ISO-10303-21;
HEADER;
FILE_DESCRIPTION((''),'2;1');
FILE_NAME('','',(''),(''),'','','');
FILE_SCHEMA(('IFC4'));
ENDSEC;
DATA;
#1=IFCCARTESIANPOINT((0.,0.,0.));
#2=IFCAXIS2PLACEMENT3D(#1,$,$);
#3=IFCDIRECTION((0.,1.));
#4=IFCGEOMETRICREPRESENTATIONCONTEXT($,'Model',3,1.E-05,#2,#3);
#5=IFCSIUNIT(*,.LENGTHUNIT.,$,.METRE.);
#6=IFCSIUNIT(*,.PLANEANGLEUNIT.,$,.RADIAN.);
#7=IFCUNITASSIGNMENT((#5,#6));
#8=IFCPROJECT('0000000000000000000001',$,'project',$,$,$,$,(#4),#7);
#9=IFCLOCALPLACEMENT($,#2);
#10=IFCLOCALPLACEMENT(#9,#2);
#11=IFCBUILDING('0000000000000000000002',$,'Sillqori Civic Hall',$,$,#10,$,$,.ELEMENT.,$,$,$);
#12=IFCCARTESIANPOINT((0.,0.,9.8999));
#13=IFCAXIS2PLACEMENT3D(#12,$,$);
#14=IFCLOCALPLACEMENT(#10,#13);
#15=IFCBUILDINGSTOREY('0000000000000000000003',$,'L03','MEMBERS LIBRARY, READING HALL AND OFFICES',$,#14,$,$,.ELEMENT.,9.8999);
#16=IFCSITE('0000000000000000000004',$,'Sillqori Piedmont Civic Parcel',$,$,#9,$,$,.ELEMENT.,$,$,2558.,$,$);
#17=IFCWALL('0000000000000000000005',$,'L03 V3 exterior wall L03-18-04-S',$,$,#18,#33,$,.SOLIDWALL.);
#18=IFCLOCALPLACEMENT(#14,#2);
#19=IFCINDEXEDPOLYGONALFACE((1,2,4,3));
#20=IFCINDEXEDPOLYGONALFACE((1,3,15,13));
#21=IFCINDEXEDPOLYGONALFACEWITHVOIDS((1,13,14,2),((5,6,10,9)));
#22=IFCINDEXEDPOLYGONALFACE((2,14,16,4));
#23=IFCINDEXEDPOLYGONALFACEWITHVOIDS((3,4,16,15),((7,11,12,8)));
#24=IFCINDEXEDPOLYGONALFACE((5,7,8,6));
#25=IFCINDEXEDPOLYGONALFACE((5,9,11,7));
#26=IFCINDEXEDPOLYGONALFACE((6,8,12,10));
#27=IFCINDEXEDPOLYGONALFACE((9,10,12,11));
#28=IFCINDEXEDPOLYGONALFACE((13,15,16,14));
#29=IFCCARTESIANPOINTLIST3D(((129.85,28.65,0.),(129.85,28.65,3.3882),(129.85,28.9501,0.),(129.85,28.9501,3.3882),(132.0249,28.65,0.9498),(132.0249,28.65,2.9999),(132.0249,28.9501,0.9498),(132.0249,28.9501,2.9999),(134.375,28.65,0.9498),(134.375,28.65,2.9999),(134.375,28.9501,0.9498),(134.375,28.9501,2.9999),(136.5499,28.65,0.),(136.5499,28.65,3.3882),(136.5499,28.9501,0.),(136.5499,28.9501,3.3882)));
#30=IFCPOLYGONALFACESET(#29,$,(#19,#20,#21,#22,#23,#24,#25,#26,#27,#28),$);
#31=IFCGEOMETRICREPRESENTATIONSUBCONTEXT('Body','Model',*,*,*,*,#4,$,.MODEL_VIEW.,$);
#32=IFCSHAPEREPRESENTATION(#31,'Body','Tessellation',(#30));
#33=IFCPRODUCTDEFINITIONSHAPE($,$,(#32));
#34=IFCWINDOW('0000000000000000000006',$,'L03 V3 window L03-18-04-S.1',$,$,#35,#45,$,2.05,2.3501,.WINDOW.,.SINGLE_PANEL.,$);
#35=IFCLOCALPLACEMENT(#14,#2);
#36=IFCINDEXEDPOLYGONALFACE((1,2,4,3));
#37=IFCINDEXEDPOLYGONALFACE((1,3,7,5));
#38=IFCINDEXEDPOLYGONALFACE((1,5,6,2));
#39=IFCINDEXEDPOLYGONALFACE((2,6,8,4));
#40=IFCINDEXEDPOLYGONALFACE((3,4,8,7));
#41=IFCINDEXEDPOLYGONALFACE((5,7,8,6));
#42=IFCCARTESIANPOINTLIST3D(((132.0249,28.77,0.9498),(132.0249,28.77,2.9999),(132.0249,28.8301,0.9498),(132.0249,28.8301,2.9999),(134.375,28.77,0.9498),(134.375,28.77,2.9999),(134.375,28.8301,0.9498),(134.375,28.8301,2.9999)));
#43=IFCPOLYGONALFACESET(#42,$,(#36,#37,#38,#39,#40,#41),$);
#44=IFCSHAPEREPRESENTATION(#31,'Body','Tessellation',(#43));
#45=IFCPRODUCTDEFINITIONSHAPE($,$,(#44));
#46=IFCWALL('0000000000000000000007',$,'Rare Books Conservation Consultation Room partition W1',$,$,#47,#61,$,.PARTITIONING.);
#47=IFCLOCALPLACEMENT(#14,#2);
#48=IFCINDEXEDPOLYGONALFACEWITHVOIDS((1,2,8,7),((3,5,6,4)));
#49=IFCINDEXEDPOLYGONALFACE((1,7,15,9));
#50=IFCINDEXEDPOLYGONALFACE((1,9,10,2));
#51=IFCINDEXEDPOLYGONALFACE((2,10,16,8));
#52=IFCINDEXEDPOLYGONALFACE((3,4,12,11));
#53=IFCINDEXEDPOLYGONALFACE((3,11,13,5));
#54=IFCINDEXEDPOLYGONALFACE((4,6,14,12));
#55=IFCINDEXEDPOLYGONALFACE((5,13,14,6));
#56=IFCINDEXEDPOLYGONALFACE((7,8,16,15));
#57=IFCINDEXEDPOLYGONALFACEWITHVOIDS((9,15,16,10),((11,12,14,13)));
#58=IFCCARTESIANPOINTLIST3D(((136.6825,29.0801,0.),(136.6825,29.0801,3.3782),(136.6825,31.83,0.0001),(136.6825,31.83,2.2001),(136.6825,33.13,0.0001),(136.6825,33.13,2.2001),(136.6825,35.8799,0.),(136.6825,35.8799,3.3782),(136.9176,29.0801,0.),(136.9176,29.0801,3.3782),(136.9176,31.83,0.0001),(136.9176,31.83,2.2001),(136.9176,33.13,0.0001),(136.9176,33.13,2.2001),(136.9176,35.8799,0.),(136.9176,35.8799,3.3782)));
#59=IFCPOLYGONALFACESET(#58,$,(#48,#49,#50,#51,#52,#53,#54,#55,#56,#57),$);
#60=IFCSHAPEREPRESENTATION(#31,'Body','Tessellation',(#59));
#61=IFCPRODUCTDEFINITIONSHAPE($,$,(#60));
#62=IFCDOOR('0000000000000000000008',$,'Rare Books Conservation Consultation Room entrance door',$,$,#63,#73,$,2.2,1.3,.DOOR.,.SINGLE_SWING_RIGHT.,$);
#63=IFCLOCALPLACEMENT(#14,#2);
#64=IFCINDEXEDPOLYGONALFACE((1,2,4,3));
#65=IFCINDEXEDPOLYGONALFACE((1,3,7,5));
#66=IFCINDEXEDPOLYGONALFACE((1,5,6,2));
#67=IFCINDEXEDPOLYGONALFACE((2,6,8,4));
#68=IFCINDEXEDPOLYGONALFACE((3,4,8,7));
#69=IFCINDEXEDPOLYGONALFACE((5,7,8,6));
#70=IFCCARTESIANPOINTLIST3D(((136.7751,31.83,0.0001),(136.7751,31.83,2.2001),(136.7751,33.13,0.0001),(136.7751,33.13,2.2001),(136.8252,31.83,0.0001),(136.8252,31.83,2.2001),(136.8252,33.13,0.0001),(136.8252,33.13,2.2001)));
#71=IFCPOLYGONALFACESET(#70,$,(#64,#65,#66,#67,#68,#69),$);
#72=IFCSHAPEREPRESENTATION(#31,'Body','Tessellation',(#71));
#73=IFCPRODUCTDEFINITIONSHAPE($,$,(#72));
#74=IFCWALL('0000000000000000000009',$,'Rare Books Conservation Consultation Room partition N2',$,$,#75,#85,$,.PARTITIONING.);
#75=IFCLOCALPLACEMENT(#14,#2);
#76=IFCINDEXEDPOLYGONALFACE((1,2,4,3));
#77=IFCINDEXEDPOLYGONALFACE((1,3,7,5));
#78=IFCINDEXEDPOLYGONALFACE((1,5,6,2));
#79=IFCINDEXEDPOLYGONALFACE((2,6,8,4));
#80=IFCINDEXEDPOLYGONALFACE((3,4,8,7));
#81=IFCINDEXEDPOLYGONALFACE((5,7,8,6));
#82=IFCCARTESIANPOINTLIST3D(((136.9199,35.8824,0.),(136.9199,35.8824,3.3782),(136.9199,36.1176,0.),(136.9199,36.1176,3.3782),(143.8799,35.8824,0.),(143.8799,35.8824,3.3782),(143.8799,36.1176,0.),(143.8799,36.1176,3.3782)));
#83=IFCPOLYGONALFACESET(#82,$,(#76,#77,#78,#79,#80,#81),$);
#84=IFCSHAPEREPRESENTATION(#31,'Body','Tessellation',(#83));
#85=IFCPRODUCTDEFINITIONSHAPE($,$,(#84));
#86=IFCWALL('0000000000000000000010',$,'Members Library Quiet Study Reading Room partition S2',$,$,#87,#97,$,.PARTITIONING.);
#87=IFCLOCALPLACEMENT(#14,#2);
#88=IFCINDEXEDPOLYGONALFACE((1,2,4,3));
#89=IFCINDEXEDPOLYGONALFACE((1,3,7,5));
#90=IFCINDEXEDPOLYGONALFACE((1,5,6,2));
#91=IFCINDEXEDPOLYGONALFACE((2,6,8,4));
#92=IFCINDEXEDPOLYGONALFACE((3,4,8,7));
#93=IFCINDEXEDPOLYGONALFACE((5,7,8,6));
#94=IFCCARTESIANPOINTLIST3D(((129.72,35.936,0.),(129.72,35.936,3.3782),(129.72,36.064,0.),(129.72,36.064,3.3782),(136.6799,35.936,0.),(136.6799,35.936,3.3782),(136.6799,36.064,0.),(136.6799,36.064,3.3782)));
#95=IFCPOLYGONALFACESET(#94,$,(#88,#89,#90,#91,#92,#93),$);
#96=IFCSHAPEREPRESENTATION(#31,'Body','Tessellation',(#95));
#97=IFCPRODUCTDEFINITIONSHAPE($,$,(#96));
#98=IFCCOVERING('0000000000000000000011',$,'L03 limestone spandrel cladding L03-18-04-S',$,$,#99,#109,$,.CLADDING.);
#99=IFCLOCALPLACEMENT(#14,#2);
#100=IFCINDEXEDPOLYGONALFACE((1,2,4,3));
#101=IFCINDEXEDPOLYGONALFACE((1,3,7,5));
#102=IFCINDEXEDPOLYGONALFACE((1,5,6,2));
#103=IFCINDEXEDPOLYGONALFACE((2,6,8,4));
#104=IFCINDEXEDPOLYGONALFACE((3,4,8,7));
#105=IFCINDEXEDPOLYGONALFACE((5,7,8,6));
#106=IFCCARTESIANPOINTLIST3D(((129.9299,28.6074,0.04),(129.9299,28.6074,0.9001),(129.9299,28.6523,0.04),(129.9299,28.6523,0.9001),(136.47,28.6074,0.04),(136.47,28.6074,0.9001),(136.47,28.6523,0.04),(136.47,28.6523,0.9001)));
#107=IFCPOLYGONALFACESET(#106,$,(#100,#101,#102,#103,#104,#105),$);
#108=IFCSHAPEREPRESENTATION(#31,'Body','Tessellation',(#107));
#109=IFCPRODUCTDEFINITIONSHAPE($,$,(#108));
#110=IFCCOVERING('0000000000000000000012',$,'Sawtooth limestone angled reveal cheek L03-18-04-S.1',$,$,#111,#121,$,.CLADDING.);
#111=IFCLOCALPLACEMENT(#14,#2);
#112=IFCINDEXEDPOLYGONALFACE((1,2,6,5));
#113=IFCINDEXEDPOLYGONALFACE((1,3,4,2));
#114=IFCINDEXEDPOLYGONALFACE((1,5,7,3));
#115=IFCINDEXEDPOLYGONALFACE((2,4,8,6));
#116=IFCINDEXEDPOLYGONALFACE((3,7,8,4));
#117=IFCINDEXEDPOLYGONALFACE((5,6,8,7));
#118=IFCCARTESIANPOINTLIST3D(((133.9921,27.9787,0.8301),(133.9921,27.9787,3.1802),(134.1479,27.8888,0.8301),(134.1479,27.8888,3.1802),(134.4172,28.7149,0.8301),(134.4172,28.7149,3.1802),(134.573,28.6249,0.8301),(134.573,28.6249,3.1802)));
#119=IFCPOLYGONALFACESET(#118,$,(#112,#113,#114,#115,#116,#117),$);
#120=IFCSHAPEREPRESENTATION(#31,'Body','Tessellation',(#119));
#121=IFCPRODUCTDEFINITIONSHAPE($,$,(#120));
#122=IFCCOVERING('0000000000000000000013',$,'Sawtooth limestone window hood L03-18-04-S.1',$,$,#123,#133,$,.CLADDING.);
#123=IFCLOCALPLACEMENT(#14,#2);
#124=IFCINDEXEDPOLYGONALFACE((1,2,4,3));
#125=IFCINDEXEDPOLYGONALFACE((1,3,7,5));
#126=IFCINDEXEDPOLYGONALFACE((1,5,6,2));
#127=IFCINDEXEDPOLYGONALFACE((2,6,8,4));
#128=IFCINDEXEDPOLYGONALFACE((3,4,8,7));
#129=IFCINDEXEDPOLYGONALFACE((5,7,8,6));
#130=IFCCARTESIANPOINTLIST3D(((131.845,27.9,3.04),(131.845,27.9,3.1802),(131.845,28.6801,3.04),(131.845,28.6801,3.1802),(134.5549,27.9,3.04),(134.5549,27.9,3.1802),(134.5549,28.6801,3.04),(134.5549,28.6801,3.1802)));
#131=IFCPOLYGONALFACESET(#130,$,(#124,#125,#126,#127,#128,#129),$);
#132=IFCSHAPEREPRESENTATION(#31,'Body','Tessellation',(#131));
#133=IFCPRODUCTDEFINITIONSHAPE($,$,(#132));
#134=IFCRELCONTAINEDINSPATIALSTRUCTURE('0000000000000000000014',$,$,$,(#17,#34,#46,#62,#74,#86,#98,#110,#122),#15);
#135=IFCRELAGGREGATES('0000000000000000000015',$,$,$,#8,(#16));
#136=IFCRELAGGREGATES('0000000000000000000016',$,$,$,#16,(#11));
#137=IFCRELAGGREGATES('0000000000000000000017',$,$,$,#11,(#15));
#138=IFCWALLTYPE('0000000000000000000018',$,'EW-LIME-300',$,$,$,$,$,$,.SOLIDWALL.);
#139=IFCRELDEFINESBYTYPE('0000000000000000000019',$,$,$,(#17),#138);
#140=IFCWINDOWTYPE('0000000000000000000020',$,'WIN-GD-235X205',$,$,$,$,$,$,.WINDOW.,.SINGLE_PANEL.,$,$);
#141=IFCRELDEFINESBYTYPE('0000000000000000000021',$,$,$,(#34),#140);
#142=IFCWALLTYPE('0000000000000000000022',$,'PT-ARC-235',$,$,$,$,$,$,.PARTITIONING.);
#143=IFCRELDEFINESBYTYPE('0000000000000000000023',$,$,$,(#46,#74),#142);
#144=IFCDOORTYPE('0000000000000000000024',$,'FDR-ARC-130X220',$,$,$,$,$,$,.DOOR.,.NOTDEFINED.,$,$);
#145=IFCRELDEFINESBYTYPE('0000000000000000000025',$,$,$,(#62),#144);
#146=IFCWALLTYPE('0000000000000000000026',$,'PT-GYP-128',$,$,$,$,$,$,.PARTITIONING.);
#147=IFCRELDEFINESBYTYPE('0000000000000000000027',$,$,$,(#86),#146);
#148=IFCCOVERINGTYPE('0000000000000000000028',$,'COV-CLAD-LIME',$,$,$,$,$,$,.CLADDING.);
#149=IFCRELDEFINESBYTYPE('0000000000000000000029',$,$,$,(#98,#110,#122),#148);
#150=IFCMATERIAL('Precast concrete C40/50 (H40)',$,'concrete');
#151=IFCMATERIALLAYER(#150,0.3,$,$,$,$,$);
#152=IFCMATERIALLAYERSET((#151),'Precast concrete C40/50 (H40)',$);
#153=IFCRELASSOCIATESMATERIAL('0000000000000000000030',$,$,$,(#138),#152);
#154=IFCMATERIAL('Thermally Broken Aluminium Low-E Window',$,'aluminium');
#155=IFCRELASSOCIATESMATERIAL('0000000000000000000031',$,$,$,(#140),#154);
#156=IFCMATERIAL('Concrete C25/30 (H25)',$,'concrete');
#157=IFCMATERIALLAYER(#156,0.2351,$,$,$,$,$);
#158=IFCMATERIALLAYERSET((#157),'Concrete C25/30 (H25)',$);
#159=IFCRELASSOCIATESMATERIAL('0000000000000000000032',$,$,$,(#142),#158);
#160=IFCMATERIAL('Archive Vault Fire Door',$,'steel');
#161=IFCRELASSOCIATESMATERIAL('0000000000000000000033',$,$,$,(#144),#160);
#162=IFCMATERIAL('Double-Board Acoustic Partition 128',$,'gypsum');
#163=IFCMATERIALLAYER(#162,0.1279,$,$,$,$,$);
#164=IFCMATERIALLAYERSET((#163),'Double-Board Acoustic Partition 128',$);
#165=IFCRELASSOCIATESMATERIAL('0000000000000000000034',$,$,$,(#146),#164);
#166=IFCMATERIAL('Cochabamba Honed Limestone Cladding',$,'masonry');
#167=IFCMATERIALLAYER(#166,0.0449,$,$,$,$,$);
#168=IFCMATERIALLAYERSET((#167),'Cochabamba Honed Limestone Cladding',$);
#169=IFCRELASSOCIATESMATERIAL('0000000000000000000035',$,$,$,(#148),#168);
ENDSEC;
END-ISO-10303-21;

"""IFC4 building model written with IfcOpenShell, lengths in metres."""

from ifc_helpers import new_model, si_unit, direction, frame, frame_2d, origin, place, context, subcontext, project, spatial, rectangle, extrude, material, layer, layer_set, type_object, element, fill, save


model = new_model("IFC4")

# Units and contexts
model_context = context("Model", 3, precision=1e-05, world=origin(), true_north=direction((0.0, 1.0)))
body_context = subcontext(model_context, "Body", "Model", "MODEL_VIEW")
ifc_project = project(units=[si_unit("LENGTHUNIT", "METRE"), si_unit("PLANEANGLEUNIT", "RADIAN")], contexts=[model_context])

# Site, building, storey
site_placement = place(None, origin())
site = spatial("IfcSite", under=ifc_project, at=site_placement, Name="Sillqori Piedmont Civic Parcel", CompositionType="ELEMENT", RefElevation=2558.0)
building_placement = place(site_placement, origin())
building = spatial("IfcBuilding", under=site, at=building_placement, Name="Sillqori Civic Hall", CompositionType="ELEMENT")
storey_placement = place(building_placement, frame((0.0, 0.0, 9.8999)))
storey = spatial("IfcBuildingStorey", under=building, at=storey_placement, Name="L03", Description="MEMBERS LIBRARY, READING HALL AND OFFICES", CompositionType="ELEMENT", Elevation=9.8999)

# Shared definitions
ifc_material_1 = material(Name="Precast concrete C40/50 (H40)", Category="concrete")

# Wall, opening, window
ifc_layer_1 = layer(ifc_material_1, 0.3)
ifc_layer_set_1 = layer_set([ifc_layer_1], Name="Precast concrete C40/50 (H40)")
wall_type_1 = type_object("IfcWallType", Name="EW-LIME-300", PredefinedType="SOLIDWALL", material=ifc_layer_set_1)
wall_1_placement = place(storey_placement, frame((136.55, 28.8, 0.0), z_axis=(0.0, 0.0, 1.0), x_axis=(-1.0, 0.0, 0.0)))
wall_1 = element("IfcWall", 1, at=wall_1_placement, inside=storey, type_object=wall_type_1, Name="L03 V3 exterior wall L03-18-04-S", PredefinedType="SOLIDWALL", context=body_context, shape_type="SweptSolid", body=[
    extrude(rectangle(XDim=6.7, YDim=0.3, at=frame_2d((3.3501, 0.0))), origin(), (0.0, 0.0, 1.0), 3.3882),
])
opening_1_placement = place(wall_1_placement, frame((2.175, 0.0, 0.95)))
opening_1 = element("IfcOpeningElement", 2, at=opening_1_placement, cuts=wall_1, PredefinedType="OPENING", context=body_context, shape_type="SweptSolid", body=[
    extrude(rectangle(XDim=2.3501, YDim=2.05, at=frame_2d((1.175, 1.0249))), frame((0.0, 0.1599, 0.0), z_axis=(0.0, -1.0, 0.0), x_axis=(1.0, 0.0, 0.0)), (0.0, 0.0, 1.0), 0.3201),
])
ifc_material_2 = material(Name="Thermally Broken Aluminium Low-E Window", Category="aluminium")
window_type = type_object("IfcWindowType", Name="WIN-GD-235X205", PartitioningType="SINGLE_PANEL", PredefinedType="WINDOW", material=ifc_material_2)
window_placement = place(opening_1_placement, origin())
window = element("IfcWindow", 3, at=window_placement, inside=storey, type_object=window_type, Name="L03 V3 window L03-18-04-S.1", OverallHeight=2.05, OverallWidth=2.3501, PartitioningType="SINGLE_PANEL", PredefinedType="WINDOW", context=body_context, shape_type="SweptSolid", body=[
    extrude(rectangle(XDim=2.3501, YDim=2.05, at=frame_2d((1.175, 1.0249))), frame((0.0, 0.03, 0.0), z_axis=(0.0, -1.0, 0.0), x_axis=(1.0, 0.0, 0.0)), (0.0, 0.0, 1.0), 0.0601),
])
fill(opening_1, window)

# Wall, opening, door
ifc_material_3 = material(Name="Concrete C25/30 (H25)", Category="concrete")
ifc_layer_2 = layer(ifc_material_3, 0.2351)
ifc_layer_set_2 = layer_set([ifc_layer_2], Name="Concrete C25/30 (H25)")
wall_type_2 = type_object("IfcWallType", Name="PT-ARC-235", PredefinedType="PARTITIONING", material=ifc_layer_set_2)
wall_2_placement = place(storey_placement, frame((136.8, 29.0801, 0.0), z_axis=(0.0, 0.0, 1.0), x_axis=(0.0, 1.0, 0.0)))
wall_2 = element("IfcWall", 4, at=wall_2_placement, inside=storey, type_object=wall_type_2, Name="Rare Books Conservation Consultation Room partition W1", PredefinedType="PARTITIONING", context=body_context, shape_type="SweptSolid", body=[
    extrude(rectangle(XDim=6.7998, YDim=0.2351, at=frame_2d((3.3999, 0.0))), origin(), (0.0, 0.0, 1.0), 3.3782),
])
opening_2_placement = place(wall_2_placement, frame((2.75, 0.0, 0.0)))
opening_2 = element("IfcOpeningElement", 5, at=opening_2_placement, cuts=wall_2, PredefinedType="OPENING", context=body_context, shape_type="SweptSolid", body=[
    extrude(rectangle(XDim=1.3, YDim=2.2, at=frame_2d((0.6499, 1.1001))), frame((0.0, 0.1274, 0.0), z_axis=(0.0, -1.0, 0.0), x_axis=(1.0, 0.0, 0.0)), (0.0, 0.0, 1.0), 0.2551),
])
ifc_material_4 = material(Name="Archive Vault Fire Door", Category="steel")
door_type = type_object("IfcDoorType", Name="FDR-ARC-130X220", OperationType="NOTDEFINED", PredefinedType="DOOR", material=ifc_material_4)
door_placement = place(opening_2_placement, origin())
door = element("IfcDoor", 6, at=door_placement, inside=storey, type_object=door_type, Name="Rare Books Conservation Consultation Room entrance door", OperationType="SINGLE_SWING_RIGHT", OverallHeight=2.2, OverallWidth=1.3, PredefinedType="DOOR", context=body_context, shape_type="SweptSolid", body=[
    extrude(rectangle(XDim=1.3, YDim=2.2, at=frame_2d((0.6499, 1.1001))), frame((0.0, 0.0249, 0.0), z_axis=(0.0, -1.0, 0.0), x_axis=(1.0, 0.0, 0.0)), (0.0, 0.0, 1.0), 0.05),
])
fill(opening_2, door)

# Walls
wall_3_placement = place(storey_placement, frame((136.9199, 36.0, 0.0), z_axis=(0.0, 0.0, 1.0), x_axis=(1.0, 0.0, 0.0)))
element("IfcWall", 7, at=wall_3_placement, inside=storey, type_object=wall_type_2, Name="Rare Books Conservation Consultation Room partition N2", PredefinedType="PARTITIONING", context=body_context, shape_type="SweptSolid", body=[
    extrude(rectangle(XDim=6.96, YDim=0.2351, at=frame_2d((3.48, 0.0))), origin(), (0.0, 0.0, 1.0), 3.3782),
])
ifc_material_5 = material(Name="Double-Board Acoustic Partition 128", Category="gypsum")
ifc_layer_3 = layer(ifc_material_5, 0.1279)
ifc_layer_set_3 = layer_set([ifc_layer_3], Name="Double-Board Acoustic Partition 128")
wall_type_3 = type_object("IfcWallType", Name="PT-GYP-128", PredefinedType="PARTITIONING", material=ifc_layer_set_3)
wall_4_placement = place(storey_placement, frame((136.6799, 36.0, 0.0), z_axis=(0.0, 0.0, 1.0), x_axis=(-1.0, 0.0, 0.0)))
element("IfcWall", 8, at=wall_4_placement, inside=storey, type_object=wall_type_3, Name="Members Library Quiet Study Reading Room partition S2", PredefinedType="PARTITIONING", context=body_context, shape_type="SweptSolid", body=[
    extrude(rectangle(XDim=6.96, YDim=0.1279, at=frame_2d((3.48, 0.0))), origin(), (0.0, 0.0, 1.0), 3.3782),
])

# Coverings
ifc_material_6 = material(Name="Cochabamba Honed Limestone Cladding", Category="masonry")
ifc_layer_4 = layer(ifc_material_6, 0.0449)
ifc_layer_set_4 = layer_set([ifc_layer_4], Name="Cochabamba Honed Limestone Cladding")
covering_type = type_object("IfcCoveringType", Name="COV-CLAD-LIME", PredefinedType="CLADDING", material=ifc_layer_set_4)
covering_1_placement = place(storey_placement, frame((136.47, 28.6299, 0.04), z_axis=(0.0, 0.0, 1.0), x_axis=(-1.0, 0.0, 0.0)))
element("IfcCovering", 9, at=covering_1_placement, inside=storey, type_object=covering_type, Name="L03 limestone spandrel cladding L03-18-04-S", PredefinedType="CLADDING", context=body_context, shape_type="SweptSolid", body=[
    extrude(rectangle(XDim=6.54, YDim=0.0449, at=frame_2d((3.27, 0.0))), origin(), (0.0, 0.0, 1.0), 0.8601),
])
covering_2_placement = place(storey_placement, frame((134.4951, 28.6699, 0.8301), z_axis=(0.0, 0.0, 1.0), x_axis=(-0.500062, -0.865989, 0.0)))
element("IfcCovering", 10, at=covering_2_placement, inside=storey, type_object=covering_type, Name="Sawtooth limestone angled reveal cheek L03-18-04-S.1", PredefinedType="CLADDING", context=body_context, shape_type="SweptSolid", body=[
    extrude(rectangle(XDim=0.8501, YDim=0.1799, at=frame_2d((0.425, 0.0))), origin(), (0.0, 0.0, 1.0), 2.3501),
])
covering_3_placement = place(storey_placement, frame((134.5549, 28.29, 3.04), z_axis=(0.0, 0.0, 1.0), x_axis=(-1.0, 0.0, 0.0)))
element("IfcCovering", 11, at=covering_3_placement, inside=storey, type_object=covering_type, Name="Sawtooth limestone window hood L03-18-04-S.1", PredefinedType="CLADDING", context=body_context, shape_type="SweptSolid", body=[
    extrude(rectangle(XDim=2.71, YDim=0.78, at=frame_2d((1.355, 0.0))), origin(), (0.0, 0.0, 1.0), 0.1401),
])

save(model, "model.ifc")
